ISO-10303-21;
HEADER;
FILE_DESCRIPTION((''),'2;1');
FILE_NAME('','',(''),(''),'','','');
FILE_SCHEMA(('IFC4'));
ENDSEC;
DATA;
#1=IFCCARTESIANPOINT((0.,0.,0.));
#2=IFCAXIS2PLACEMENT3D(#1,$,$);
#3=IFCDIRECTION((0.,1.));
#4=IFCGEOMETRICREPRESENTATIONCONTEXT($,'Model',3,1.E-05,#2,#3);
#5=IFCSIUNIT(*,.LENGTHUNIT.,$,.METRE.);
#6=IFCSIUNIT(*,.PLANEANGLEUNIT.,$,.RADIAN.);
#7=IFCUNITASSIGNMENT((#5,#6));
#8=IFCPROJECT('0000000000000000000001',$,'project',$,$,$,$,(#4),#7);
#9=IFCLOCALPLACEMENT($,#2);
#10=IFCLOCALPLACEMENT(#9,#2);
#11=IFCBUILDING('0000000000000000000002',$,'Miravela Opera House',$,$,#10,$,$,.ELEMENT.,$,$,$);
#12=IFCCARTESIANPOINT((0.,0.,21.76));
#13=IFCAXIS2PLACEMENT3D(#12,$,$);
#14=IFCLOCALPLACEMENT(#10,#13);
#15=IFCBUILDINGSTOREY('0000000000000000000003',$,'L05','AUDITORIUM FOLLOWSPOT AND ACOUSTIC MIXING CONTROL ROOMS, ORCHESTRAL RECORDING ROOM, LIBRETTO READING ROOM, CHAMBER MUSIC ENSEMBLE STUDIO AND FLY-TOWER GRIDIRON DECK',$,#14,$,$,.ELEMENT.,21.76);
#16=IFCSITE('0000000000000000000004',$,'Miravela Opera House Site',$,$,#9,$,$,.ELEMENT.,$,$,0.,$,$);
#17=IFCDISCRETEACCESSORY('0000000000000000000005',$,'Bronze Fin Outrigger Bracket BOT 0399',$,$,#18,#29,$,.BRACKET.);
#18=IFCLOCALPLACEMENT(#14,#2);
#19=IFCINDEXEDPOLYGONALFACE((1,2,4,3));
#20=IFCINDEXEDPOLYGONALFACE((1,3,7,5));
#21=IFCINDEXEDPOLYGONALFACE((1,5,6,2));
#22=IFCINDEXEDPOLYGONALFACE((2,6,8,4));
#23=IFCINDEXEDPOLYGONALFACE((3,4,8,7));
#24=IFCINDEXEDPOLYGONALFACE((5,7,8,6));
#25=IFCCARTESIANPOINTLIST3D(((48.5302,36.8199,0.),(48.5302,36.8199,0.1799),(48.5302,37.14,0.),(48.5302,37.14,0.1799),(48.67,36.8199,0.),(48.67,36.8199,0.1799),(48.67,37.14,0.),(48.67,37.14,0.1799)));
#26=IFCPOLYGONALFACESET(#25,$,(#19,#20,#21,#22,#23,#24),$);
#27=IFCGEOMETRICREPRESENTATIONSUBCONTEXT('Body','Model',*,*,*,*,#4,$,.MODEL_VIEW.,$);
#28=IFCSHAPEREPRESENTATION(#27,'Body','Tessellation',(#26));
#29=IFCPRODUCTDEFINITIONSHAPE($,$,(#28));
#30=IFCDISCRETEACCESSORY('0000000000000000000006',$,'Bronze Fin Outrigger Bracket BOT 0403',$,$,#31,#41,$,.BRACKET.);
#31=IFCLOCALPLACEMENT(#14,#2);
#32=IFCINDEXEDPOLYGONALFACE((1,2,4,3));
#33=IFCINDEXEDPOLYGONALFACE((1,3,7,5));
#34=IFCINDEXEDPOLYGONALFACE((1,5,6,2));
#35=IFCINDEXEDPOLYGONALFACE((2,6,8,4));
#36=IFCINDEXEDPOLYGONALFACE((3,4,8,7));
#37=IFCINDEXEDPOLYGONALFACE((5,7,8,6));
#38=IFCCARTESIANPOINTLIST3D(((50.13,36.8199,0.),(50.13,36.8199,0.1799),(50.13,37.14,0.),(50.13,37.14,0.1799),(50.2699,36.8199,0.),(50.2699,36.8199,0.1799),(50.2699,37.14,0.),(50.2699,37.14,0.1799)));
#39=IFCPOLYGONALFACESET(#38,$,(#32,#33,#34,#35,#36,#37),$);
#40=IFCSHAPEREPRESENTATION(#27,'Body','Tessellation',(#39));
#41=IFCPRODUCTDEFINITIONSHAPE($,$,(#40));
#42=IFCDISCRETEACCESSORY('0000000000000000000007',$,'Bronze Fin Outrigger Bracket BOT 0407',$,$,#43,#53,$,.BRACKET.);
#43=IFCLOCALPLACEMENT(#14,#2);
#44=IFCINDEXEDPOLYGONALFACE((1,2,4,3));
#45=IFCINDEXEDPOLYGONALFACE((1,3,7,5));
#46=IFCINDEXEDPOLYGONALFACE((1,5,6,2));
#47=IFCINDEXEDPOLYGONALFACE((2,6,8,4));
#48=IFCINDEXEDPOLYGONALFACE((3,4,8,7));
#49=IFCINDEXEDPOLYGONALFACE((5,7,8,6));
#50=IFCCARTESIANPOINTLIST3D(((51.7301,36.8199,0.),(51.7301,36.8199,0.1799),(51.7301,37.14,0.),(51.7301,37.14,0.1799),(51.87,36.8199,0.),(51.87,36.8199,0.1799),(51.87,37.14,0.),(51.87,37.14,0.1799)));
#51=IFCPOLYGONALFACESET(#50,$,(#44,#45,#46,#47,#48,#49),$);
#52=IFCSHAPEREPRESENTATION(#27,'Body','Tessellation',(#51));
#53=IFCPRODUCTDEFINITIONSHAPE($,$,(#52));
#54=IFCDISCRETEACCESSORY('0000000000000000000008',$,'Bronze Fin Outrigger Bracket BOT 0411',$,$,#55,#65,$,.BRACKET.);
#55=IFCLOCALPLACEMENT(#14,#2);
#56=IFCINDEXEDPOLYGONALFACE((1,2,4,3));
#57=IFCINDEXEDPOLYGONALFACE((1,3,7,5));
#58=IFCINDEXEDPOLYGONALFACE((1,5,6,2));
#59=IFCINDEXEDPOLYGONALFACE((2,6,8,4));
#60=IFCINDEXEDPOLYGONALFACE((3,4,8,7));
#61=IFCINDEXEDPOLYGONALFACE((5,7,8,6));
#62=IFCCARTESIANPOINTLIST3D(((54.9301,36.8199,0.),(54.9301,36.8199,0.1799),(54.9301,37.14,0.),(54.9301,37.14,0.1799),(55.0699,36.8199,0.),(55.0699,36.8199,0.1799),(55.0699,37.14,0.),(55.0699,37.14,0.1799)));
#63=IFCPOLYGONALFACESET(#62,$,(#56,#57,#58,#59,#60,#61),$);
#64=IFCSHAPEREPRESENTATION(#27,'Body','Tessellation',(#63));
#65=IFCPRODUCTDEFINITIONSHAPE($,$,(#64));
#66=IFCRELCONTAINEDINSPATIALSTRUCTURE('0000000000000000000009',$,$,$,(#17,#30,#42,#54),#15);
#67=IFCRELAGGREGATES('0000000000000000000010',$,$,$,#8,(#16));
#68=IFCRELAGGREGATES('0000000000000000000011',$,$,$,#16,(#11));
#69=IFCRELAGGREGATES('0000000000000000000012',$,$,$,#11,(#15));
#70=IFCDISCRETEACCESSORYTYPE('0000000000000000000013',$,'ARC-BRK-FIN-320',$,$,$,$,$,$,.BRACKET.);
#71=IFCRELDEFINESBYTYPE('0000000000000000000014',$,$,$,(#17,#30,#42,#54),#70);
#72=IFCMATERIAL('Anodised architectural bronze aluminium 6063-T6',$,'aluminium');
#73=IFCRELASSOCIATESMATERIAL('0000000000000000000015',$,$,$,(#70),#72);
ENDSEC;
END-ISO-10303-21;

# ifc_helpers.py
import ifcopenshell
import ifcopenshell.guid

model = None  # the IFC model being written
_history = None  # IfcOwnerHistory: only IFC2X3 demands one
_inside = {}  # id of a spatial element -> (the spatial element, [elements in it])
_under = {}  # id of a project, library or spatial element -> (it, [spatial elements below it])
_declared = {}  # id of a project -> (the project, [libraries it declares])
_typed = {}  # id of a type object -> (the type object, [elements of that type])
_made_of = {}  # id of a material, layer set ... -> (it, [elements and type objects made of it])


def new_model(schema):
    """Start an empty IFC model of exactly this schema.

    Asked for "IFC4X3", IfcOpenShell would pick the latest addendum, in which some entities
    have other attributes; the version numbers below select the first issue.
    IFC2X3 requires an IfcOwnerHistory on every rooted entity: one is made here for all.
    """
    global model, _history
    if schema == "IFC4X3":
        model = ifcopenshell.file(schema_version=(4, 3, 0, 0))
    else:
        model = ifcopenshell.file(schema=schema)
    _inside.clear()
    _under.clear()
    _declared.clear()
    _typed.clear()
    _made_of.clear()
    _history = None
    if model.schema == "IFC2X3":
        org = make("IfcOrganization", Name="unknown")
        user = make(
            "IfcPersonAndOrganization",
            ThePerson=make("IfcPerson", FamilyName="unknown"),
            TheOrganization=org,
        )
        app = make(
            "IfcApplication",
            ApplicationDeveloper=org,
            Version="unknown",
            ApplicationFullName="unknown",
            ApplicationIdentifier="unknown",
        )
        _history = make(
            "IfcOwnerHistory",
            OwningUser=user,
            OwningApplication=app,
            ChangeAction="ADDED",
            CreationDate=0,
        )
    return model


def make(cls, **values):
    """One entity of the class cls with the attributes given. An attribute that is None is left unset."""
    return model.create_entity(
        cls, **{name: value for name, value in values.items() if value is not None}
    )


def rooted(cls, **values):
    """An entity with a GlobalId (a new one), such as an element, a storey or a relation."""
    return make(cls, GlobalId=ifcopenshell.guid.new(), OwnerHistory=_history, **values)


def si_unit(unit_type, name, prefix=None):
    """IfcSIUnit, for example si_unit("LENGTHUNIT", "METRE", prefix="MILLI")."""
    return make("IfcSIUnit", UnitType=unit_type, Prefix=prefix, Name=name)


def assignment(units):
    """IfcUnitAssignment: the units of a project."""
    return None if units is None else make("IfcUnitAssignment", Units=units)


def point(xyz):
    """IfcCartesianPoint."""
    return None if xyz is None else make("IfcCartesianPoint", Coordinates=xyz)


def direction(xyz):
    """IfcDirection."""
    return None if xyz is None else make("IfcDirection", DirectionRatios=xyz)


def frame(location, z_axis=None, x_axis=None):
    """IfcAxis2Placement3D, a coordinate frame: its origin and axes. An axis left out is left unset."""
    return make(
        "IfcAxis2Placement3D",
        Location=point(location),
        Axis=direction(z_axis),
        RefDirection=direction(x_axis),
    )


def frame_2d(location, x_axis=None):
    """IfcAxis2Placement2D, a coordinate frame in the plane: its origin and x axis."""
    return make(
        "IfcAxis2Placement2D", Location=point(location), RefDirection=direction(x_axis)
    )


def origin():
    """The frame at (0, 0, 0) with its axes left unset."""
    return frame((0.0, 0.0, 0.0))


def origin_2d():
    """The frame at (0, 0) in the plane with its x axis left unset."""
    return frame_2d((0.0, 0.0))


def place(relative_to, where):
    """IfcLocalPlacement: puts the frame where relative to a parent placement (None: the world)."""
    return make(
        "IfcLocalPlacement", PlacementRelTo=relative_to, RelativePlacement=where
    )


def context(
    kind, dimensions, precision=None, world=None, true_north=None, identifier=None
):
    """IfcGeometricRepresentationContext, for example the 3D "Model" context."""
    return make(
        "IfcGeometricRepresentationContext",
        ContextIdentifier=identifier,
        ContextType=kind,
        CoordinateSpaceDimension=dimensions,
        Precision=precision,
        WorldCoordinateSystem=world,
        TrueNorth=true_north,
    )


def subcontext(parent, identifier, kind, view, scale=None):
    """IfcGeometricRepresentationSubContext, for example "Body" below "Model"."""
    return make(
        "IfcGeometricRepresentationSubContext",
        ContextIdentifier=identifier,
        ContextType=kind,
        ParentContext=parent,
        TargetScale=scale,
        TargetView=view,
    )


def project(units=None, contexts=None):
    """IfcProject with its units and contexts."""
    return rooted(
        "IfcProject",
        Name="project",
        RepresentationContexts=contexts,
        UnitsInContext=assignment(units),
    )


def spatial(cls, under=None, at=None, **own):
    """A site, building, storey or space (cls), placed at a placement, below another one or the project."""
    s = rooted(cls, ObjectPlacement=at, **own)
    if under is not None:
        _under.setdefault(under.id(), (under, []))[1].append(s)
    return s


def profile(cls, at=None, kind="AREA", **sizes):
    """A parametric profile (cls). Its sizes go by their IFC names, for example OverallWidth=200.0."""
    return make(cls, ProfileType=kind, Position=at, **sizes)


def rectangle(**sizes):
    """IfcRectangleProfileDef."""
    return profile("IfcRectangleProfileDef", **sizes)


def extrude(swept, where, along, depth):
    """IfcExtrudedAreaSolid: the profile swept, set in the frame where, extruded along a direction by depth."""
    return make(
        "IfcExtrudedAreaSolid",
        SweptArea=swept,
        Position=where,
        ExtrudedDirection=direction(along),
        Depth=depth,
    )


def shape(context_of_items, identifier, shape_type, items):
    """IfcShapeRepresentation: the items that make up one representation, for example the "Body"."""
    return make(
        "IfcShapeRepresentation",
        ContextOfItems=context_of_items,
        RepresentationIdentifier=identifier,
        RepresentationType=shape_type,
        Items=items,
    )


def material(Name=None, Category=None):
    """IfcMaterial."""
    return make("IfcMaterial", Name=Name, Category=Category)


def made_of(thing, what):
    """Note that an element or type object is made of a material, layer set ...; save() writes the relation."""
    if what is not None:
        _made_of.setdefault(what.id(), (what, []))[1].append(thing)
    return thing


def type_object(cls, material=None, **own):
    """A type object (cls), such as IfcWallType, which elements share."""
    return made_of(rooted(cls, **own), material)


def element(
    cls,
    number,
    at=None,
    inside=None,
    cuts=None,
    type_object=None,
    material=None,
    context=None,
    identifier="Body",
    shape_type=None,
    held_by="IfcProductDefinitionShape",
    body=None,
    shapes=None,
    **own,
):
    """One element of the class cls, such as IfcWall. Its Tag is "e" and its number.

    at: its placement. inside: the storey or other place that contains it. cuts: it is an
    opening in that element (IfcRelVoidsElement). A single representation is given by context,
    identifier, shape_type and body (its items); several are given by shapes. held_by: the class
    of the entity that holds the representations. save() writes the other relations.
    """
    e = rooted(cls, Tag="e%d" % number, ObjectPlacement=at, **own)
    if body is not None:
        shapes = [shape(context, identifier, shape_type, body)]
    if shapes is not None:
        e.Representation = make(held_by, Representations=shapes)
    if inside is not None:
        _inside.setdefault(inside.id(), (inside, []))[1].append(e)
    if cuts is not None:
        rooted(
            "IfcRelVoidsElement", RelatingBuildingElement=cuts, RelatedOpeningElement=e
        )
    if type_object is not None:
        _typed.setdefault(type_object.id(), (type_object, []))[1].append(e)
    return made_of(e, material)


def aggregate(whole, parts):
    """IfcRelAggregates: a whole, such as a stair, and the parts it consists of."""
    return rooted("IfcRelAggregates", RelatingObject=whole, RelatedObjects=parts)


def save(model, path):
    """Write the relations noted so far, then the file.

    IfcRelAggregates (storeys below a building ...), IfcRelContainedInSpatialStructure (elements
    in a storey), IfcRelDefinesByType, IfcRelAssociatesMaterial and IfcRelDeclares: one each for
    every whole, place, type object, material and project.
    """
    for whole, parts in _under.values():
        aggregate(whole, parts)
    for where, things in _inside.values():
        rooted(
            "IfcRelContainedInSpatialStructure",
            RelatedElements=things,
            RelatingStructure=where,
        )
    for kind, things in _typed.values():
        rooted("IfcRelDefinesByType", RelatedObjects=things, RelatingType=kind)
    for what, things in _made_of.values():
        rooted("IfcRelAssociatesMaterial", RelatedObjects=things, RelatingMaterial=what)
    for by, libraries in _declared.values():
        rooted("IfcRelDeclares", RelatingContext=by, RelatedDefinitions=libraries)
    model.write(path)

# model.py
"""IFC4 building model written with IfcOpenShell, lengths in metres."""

from ifc_helpers import new_model, si_unit, direction, frame, origin, origin_2d, place, context, subcontext, project, spatial, rectangle, extrude, material, type_object, element, save


model = new_model("IFC4")

# Units and contexts
model_context = context("Model", 3, precision=1e-05, world=origin(), true_north=direction((0.0, 1.0)))
body_context = subcontext(model_context, "Body", "Model", "MODEL_VIEW")
ifc_project = project(units=[si_unit("LENGTHUNIT", "METRE"), si_unit("PLANEANGLEUNIT", "RADIAN")], contexts=[model_context])

# Site, building, storey
site_placement = place(None, origin())
site = spatial("IfcSite", under=ifc_project, at=site_placement, Name="Miravela Opera House Site", CompositionType="ELEMENT", RefElevation=0.0)
building_placement = place(site_placement, origin())
building = spatial("IfcBuilding", under=site, at=building_placement, Name="Miravela Opera House", CompositionType="ELEMENT")
storey_placement = place(building_placement, frame((0.0, 0.0, 21.76)))
storey = spatial("IfcBuildingStorey", under=building, at=storey_placement, Name="L05", Description="AUDITORIUM FOLLOWSPOT AND ACOUSTIC MIXING CONTROL ROOMS, ORCHESTRAL RECORDING ROOM, LIBRETTO READING ROOM, CHAMBER MUSIC ENSEMBLE STUDIO AND FLY-TOWER GRIDIRON DECK", CompositionType="ELEMENT", Elevation=21.76)

# Shared definitions
ifc_material_1 = material(Name="Anodised architectural bronze aluminium 6063-T6", Category="aluminium")

# Discrete accessories
discrete_accessory_type = type_object("IfcDiscreteAccessoryType", Name="ARC-BRK-FIN-320", PredefinedType="BRACKET", material=ifc_material_1)
for number, where, z_axis, x_axis, name in (
    (1, (48.6001, 36.98, 0.0), (0.0, 0.0, 1.0), (0.0, 1.0, 0.0), "Bronze Fin Outrigger Bracket BOT 0399"),
    (2, (50.2, 36.98, 0.0), (0.0, 0.0, 1.0), (0.0, 1.0, 0.0), "Bronze Fin Outrigger Bracket BOT 0403"),
    (3, (51.8, 36.98, 0.0), (0.0, 0.0, 1.0), (0.0, 1.0, 0.0), "Bronze Fin Outrigger Bracket BOT 0407"),
    (4, (55.0, 36.98, 0.0), (0.0, 0.0, 1.0), (0.0, 1.0, 0.0), "Bronze Fin Outrigger Bracket BOT 0411"),
):
    element("IfcDiscreteAccessory", number, at=place(storey_placement, frame(where, z_axis=z_axis, x_axis=x_axis)), inside=storey, type_object=discrete_accessory_type, Name=name, PredefinedType="BRACKET", context=body_context, shape_type="SweptSolid", body=[
        extrude(rectangle(XDim=0.3201, YDim=0.1399, at=origin_2d()), origin(), (0.0, 0.0, 1.0), 0.1799),
    ])

save(model, "model.ifc")
